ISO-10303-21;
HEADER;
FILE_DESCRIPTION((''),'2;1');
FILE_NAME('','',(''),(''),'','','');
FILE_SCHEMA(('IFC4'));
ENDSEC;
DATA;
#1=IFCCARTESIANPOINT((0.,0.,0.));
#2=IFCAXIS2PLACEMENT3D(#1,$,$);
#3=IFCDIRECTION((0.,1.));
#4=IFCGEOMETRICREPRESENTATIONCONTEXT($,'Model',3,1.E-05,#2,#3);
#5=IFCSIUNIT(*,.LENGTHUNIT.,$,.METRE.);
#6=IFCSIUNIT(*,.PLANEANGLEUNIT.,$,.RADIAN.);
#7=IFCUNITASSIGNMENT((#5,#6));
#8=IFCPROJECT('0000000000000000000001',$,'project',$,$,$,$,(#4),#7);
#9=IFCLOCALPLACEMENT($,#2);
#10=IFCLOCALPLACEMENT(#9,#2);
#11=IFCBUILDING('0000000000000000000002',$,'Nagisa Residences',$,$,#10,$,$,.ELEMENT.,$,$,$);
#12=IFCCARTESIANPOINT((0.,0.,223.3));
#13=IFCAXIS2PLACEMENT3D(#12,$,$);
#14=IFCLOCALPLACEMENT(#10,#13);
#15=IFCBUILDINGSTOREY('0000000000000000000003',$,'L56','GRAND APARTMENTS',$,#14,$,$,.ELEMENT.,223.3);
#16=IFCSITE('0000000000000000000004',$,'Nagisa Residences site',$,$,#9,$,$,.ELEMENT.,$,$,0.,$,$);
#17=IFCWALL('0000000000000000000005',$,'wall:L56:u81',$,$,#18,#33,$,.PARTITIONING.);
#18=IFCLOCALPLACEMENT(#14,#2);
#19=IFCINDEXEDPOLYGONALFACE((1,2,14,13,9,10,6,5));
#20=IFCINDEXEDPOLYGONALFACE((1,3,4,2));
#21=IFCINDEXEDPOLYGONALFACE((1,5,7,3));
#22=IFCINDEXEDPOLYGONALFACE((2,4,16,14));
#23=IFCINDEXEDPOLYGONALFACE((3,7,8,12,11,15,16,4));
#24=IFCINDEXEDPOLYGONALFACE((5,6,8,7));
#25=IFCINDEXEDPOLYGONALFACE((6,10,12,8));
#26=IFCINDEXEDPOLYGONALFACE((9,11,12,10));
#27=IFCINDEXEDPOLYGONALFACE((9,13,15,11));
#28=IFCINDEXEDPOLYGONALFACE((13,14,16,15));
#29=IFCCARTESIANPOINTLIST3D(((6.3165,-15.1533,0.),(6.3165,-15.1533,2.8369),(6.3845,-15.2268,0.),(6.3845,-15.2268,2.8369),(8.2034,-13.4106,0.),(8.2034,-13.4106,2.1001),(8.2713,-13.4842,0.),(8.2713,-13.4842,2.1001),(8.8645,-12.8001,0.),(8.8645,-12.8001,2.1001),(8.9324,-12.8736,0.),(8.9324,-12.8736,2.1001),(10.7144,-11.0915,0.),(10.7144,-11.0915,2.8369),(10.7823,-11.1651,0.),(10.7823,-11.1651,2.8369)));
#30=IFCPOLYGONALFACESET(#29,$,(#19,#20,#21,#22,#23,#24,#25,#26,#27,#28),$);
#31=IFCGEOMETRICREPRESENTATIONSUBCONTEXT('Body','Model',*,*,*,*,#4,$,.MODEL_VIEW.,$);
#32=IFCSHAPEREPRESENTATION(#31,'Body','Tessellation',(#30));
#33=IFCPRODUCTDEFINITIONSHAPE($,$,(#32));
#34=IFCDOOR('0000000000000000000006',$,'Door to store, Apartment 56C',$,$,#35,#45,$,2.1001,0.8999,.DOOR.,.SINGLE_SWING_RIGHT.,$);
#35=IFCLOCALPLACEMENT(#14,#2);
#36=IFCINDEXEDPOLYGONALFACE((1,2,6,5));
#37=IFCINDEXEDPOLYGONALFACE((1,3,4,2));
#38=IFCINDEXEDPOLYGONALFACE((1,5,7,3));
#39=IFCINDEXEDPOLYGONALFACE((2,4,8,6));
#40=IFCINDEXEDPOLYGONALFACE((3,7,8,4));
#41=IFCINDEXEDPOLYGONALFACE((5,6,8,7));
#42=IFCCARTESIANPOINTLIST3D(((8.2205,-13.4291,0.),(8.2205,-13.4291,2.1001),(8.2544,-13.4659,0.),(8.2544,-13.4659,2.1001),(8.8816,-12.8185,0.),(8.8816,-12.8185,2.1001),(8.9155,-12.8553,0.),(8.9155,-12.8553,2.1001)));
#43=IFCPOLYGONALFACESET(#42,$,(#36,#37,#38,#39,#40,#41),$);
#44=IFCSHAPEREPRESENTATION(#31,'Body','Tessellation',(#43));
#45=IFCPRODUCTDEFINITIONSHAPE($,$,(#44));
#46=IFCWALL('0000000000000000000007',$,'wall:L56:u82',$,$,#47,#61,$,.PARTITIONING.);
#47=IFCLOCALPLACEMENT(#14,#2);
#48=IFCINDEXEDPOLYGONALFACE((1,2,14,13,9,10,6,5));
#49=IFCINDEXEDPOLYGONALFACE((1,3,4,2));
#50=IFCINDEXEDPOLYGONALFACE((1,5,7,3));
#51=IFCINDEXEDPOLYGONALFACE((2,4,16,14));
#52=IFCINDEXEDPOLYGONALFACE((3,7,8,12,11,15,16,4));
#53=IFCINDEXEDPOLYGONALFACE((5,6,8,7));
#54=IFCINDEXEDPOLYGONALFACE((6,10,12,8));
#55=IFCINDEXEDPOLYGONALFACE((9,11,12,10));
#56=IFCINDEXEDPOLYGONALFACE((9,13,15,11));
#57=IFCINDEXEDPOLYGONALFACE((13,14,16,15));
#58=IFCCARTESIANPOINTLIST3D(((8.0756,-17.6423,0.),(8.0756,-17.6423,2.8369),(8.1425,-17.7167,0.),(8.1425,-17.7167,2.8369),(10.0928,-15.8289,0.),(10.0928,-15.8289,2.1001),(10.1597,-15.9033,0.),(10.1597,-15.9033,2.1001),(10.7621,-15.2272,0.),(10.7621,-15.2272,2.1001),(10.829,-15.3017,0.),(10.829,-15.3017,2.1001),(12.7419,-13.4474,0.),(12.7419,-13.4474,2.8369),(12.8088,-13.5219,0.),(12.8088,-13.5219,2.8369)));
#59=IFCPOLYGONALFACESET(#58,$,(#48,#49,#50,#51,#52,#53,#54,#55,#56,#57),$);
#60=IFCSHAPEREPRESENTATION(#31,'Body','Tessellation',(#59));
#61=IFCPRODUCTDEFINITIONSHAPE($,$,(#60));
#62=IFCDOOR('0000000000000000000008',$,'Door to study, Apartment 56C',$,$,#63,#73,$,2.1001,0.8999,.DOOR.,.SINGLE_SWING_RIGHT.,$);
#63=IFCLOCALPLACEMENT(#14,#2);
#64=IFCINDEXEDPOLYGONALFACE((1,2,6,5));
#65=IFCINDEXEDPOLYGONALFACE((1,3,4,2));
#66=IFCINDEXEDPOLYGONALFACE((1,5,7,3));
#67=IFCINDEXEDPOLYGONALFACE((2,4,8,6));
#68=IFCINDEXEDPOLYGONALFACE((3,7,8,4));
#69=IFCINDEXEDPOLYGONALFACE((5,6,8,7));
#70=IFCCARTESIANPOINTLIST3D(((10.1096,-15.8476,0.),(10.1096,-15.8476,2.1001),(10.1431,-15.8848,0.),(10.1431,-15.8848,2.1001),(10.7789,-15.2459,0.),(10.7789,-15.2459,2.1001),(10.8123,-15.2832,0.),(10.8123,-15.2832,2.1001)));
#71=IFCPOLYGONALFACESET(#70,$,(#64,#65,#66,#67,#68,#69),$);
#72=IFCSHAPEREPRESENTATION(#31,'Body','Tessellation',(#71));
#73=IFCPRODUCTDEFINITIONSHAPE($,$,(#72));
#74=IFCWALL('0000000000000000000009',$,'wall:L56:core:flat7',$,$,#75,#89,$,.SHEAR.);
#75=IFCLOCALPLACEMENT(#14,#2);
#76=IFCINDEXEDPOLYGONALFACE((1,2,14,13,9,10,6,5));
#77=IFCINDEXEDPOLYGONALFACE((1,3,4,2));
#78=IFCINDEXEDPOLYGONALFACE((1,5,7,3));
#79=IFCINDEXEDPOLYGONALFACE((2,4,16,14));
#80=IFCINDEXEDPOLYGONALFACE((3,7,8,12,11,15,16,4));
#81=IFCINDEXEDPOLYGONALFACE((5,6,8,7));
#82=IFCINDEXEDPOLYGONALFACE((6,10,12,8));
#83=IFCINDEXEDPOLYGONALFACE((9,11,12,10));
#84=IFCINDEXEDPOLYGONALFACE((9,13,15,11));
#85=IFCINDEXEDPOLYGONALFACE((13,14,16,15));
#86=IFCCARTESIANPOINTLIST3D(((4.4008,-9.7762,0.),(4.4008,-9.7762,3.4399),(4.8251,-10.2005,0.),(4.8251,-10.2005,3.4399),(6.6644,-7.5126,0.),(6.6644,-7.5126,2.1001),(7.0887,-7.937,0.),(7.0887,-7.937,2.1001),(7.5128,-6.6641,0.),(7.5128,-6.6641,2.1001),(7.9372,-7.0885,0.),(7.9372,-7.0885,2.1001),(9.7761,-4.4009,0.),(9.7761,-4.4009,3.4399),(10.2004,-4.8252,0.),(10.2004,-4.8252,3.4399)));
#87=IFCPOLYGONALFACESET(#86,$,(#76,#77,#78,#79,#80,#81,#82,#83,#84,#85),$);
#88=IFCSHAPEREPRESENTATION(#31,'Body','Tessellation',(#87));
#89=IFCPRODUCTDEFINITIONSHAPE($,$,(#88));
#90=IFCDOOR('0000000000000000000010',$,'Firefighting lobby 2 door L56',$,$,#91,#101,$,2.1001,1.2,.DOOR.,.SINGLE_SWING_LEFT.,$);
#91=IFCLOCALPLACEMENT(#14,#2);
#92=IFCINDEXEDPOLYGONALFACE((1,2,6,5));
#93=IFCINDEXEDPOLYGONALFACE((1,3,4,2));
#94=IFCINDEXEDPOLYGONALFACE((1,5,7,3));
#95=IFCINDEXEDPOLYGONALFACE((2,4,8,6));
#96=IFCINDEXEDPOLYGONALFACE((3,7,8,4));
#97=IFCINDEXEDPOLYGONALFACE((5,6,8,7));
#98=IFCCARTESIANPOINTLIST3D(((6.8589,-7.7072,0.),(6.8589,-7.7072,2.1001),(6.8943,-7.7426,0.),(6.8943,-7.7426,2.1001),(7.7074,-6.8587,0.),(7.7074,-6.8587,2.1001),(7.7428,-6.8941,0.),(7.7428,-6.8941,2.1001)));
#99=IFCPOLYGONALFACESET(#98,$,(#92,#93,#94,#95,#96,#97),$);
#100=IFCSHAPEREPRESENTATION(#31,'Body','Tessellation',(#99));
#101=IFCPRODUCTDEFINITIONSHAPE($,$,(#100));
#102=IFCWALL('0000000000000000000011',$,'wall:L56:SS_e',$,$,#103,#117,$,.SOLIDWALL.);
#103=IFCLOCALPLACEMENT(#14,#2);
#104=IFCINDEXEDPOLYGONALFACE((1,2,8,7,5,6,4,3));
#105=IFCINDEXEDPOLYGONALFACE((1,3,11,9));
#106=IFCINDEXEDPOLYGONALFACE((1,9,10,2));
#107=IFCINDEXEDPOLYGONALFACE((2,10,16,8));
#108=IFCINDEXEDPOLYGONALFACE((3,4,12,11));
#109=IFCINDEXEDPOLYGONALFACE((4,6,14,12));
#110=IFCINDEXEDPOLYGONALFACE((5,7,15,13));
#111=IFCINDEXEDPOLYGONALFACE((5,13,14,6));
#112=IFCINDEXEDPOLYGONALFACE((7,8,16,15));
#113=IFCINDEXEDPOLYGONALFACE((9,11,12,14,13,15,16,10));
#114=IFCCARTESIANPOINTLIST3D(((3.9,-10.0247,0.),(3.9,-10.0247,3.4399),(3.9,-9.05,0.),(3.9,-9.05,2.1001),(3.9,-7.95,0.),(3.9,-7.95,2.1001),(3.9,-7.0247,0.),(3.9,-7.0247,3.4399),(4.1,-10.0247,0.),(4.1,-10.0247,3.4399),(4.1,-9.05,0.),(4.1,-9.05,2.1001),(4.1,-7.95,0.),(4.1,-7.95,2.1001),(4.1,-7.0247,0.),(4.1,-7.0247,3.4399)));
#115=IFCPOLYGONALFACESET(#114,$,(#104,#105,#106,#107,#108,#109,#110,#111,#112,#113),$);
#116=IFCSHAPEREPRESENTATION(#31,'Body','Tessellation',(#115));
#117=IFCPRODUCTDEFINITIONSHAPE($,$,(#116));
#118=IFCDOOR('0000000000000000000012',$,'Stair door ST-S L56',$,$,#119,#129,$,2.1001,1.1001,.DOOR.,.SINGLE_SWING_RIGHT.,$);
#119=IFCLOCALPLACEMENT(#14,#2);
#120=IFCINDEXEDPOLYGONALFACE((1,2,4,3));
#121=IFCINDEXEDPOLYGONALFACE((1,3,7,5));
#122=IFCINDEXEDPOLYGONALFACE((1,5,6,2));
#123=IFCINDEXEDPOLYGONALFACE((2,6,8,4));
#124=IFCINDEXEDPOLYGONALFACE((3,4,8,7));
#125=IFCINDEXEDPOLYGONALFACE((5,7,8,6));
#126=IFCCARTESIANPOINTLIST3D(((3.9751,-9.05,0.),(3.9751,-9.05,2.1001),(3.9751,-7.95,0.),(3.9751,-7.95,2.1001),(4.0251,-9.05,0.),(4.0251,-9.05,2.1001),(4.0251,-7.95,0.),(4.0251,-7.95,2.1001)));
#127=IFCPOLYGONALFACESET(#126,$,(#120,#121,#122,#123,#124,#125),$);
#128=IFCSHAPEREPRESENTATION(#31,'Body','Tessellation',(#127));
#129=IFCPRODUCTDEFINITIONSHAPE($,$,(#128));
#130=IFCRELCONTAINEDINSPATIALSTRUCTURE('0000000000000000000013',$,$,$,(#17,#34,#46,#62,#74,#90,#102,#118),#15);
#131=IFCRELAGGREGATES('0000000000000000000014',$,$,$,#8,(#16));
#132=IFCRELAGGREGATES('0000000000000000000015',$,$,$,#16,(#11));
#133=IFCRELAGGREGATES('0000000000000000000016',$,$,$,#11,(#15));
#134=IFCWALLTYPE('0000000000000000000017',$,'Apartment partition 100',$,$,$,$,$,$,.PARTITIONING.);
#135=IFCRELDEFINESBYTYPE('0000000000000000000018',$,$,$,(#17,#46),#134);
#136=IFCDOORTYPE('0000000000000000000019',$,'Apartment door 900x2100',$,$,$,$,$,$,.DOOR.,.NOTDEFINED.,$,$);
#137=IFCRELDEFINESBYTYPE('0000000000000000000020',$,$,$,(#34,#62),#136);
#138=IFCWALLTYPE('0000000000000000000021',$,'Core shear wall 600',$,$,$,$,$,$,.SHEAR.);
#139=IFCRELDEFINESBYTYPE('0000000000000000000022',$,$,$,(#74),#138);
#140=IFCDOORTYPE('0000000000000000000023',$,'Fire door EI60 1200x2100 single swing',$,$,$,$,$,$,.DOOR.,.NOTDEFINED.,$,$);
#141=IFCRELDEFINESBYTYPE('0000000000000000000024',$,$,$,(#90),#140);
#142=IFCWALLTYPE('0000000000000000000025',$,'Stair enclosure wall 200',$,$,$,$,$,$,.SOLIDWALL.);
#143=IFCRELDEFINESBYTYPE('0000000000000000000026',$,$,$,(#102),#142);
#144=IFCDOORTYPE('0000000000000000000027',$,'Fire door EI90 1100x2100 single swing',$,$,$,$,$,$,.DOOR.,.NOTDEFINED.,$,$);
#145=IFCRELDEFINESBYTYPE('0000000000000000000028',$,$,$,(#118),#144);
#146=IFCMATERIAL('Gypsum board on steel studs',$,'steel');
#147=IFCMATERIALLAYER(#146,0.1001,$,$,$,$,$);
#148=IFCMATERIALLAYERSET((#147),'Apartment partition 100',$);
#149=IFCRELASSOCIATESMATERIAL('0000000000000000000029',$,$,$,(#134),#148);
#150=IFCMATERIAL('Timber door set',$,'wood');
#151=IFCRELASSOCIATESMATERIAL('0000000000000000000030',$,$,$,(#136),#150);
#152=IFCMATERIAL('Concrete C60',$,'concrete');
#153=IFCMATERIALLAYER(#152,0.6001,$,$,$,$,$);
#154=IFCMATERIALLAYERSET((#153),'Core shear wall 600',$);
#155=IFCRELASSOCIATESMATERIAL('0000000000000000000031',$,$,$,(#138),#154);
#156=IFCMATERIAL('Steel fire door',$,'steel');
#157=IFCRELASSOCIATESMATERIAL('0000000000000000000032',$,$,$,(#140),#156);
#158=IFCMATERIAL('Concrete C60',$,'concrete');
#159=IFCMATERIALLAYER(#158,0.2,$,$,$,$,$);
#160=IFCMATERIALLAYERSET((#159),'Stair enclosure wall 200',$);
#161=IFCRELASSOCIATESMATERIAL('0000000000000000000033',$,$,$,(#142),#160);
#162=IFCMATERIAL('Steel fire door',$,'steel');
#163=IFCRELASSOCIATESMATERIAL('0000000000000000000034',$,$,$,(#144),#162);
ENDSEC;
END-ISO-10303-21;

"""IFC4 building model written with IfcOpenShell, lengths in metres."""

from ifc_helpers import new_model, si_unit, direction, frame, frame_2d, origin, place, context, subcontext, project, spatial, rectangle, extrude, material, layer, layer_set, type_object, element, fill, save


model = new_model("IFC4")

# Units and contexts
model_context = context("Model", 3, precision=1e-05, world=origin(), true_north=direction((0.0, 1.0)))
body_context = subcontext(model_context, "Body", "Model", "MODEL_VIEW")
ifc_project = project(units=[si_unit("LENGTHUNIT", "METRE"), si_unit("PLANEANGLEUNIT", "RADIAN")], contexts=[model_context])

# Site, building, storey
site_placement = place(None, origin())
site = spatial("IfcSite", under=ifc_project, at=site_placement, Name="Nagisa Residences site", CompositionType="ELEMENT", RefElevation=0.0)
building_placement = place(site_placement, origin())
building = spatial("IfcBuilding", under=site, at=building_placement, Name="Nagisa Residences", CompositionType="ELEMENT")
storey_placement = place(building_placement, frame((0.0, 0.0, 223.3)))
storey = spatial("IfcBuildingStorey", under=building, at=storey_placement, Name="L56", Description="GRAND APARTMENTS", CompositionType="ELEMENT", Elevation=223.3)

# Shared definitions
ifc_material_1 = material(Name="Gypsum board on steel studs", Category="steel")
ifc_layer_1 = layer(ifc_material_1, 0.1001)
ifc_layer_set_1 = layer_set([ifc_layer_1], Name="Apartment partition 100")
wall_type_1 = type_object("IfcWallType", Name="Apartment partition 100", PredefinedType="PARTITIONING", material=ifc_layer_set_1)
ifc_material_2 = material(Name="Timber door set", Category="wood")
door_type_1 = type_object("IfcDoorType", Name="Apartment door 900x2100", OperationType="NOTDEFINED", PredefinedType="DOOR", material=ifc_material_2)

# Walls, openings, doors
wall_1_placement = place(storey_placement, frame((6.3506, -15.1899, 0.0), z_axis=(0.0, 0.0, 1.0), x_axis=(0.734627, 0.678471, 0.0)))
wall_1 = element("IfcWall", 1, at=wall_1_placement, inside=storey, type_object=wall_type_1, Name="wall:L56:u81", PredefinedType="PARTITIONING", context=body_context, shape_type="SweptSolid", body=[
    extrude(rectangle(XDim=5.9866, YDim=0.1001, at=frame_2d((2.9932, 0.0))), origin(), (0.0, 0.0, 1.0), 2.8369),
])
opening_1_placement = place(wall_1_placement, frame((2.5684, 0.0, 0.0)))
opening_1 = element("IfcOpeningElement", 2, at=opening_1_placement, cuts=wall_1, PredefinedType="OPENING", context=body_context, shape_type="SweptSolid", body=[
    extrude(rectangle(XDim=0.8999, YDim=2.1001, at=frame_2d((0.45, 1.05))), frame((0.0, 0.0601, 0.0), z_axis=(0.0, -1.0, 0.0), x_axis=(1.0, 0.0, 0.0)), (0.0, 0.0, 1.0), 0.1201),
])
door_1_placement = place(opening_1_placement, origin())
door_1 = element("IfcDoor", 3, at=door_1_placement, inside=storey, type_object=door_type_1, Name="Door to store, Apartment 56C", OperationType="SINGLE_SWING_RIGHT", OverallHeight=2.1001, OverallWidth=0.8999, PredefinedType="DOOR", context=body_context, shape_type="SweptSolid", body=[
    extrude(rectangle(XDim=0.8999, YDim=2.1001, at=frame_2d((0.45, 1.05))), frame((0.0, 0.0249, 0.0), z_axis=(0.0, -1.0, 0.0), x_axis=(1.0, 0.0, 0.0)), (0.0, 0.0, 1.0), 0.05),
])
fill(opening_1, door_1)
wall_2_placement = place(storey_placement, frame((8.1091, -17.6794, 0.0), z_axis=(0.0, 0.0, 1.0), x_axis=(0.743675, 0.668541, 0.0)))
wall_2 = element("IfcWall", 4, at=wall_2_placement, inside=storey, type_object=wall_type_1, Name="wall:L56:u82", PredefinedType="PARTITIONING", context=body_context, shape_type="SweptSolid", body=[
    extrude(rectangle(XDim=6.2747, YDim=0.1001, at=frame_2d((3.1372, 0.0))), origin(), (0.0, 0.0, 1.0), 2.8369),
])
opening_2_placement = place(wall_2_placement, frame((2.7124, 0.0, 0.0)))
opening_2 = element("IfcOpeningElement", 5, at=opening_2_placement, cuts=wall_2, PredefinedType="OPENING", context=body_context, shape_type="SweptSolid", body=[
    extrude(rectangle(XDim=0.8999, YDim=2.1001, at=frame_2d((0.45, 1.05))), frame((0.0, 0.0601, 0.0), z_axis=(0.0, -1.0, 0.0), x_axis=(1.0, 0.0, 0.0)), (0.0, 0.0, 1.0), 0.1201),
])
door_2_placement = place(opening_2_placement, origin())
door_2 = element("IfcDoor", 6, at=door_2_placement, inside=storey, type_object=door_type_1, Name="Door to study, Apartment 56C", OperationType="SINGLE_SWING_RIGHT", OverallHeight=2.1001, OverallWidth=0.8999, PredefinedType="DOOR", context=body_context, shape_type="SweptSolid", body=[
    extrude(rectangle(XDim=0.8999, YDim=2.1001, at=frame_2d((0.45, 1.05))), frame((0.0, 0.0249, 0.0), z_axis=(0.0, -1.0, 0.0), x_axis=(1.0, 0.0, 0.0)), (0.0, 0.0, 1.0), 0.05),
])
fill(opening_2, door_2)
ifc_material_3 = material(Name="Concrete C60", Category="concrete")
ifc_layer_2 = layer(ifc_material_3, 0.6001)
ifc_layer_set_2 = layer_set([ifc_layer_2], Name="Core shear wall 600")
wall_type_2 = type_object("IfcWallType", Name="Core shear wall 600", PredefinedType="SHEAR", material=ifc_layer_set_2)
wall_3_placement = place(storey_placement, frame((4.613, -9.9883, 0.0), z_axis=(0.0, 0.0, 1.0), x_axis=(0.707107, 0.707107, 0.0)))
wall_3 = element("IfcWall", 7, at=wall_3_placement, inside=storey, type_object=wall_type_2, Name="wall:L56:core:flat7", PredefinedType="SHEAR", context=body_context, shape_type="SweptSolid", body=[
    extrude(rectangle(XDim=7.6018, YDim=0.6001, at=frame_2d((3.8008, 0.0))), origin(), (0.0, 0.0, 1.0), 3.4399),
])
opening_3_placement = place(wall_3_placement, frame((3.2009, 0.0, 0.0)))
opening_3 = element("IfcOpeningElement", 8, at=opening_3_placement, cuts=wall_3, PredefinedType="OPENING", context=body_context, shape_type="SweptSolid", body=[
    extrude(rectangle(XDim=1.2, YDim=2.1001, at=frame_2d((0.6001, 1.05))), frame((0.0, 0.3101, 0.0), z_axis=(0.0, -1.0, 0.0), x_axis=(1.0, 0.0, 0.0)), (0.0, 0.0, 1.0), 0.6201),
])
ifc_material_4 = material(Name="Steel fire door", Category="steel")
door_type_2 = type_object("IfcDoorType", Name="Fire door EI60 1200x2100 single swing", OperationType="NOTDEFINED", PredefinedType="DOOR", material=ifc_material_4)
door_3_placement = place(opening_3_placement, origin())
door_3 = element("IfcDoor", 9, at=door_3_placement, inside=storey, type_object=door_type_2, Name="Firefighting lobby 2 door L56", OperationType="SINGLE_SWING_LEFT", OverallHeight=2.1001, OverallWidth=1.2, PredefinedType="DOOR", context=body_context, shape_type="SweptSolid", body=[
    extrude(rectangle(XDim=1.2, YDim=2.1001, at=frame_2d((0.6001, 1.05))), frame((0.0, 0.0249, 0.0), z_axis=(0.0, -1.0, 0.0), x_axis=(1.0, 0.0, 0.0)), (0.0, 0.0, 1.0), 0.05),
])
fill(opening_3, door_3)
ifc_material_5 = material(Name="Concrete C60", Category="concrete")
ifc_layer_3 = layer(ifc_material_5, 0.2)
ifc_layer_set_3 = layer_set([ifc_layer_3], Name="Stair enclosure wall 200")
wall_type_3 = type_object("IfcWallType", Name="Stair enclosure wall 200", PredefinedType="SOLIDWALL", material=ifc_layer_set_3)
wall_4_placement = place(storey_placement, frame((4.0, -10.0247, 0.0), z_axis=(0.0, 0.0, 1.0), x_axis=(0.0, 1.0, 0.0)))
wall_4 = element("IfcWall", 10, at=wall_4_placement, inside=storey, type_object=wall_type_3, Name="wall:L56:SS_e", PredefinedType="SOLIDWALL", context=body_context, shape_type="SweptSolid", body=[
    extrude(rectangle(XDim=3.0, YDim=0.2, at=frame_2d((1.5, 0.0))), origin(), (0.0, 0.0, 1.0), 3.4399),
])
opening_4_placement = place(wall_4_placement, frame((0.9746, 0.0, 0.0)))
opening_4 = element("IfcOpeningElement", 11, at=opening_4_placement, cuts=wall_4, PredefinedType="OPENING", context=body_context, shape_type="SweptSolid", body=[
    extrude(rectangle(XDim=1.1001, YDim=2.1001, at=frame_2d((0.55, 1.05))), frame((0.0, 0.1099, 0.0), z_axis=(0.0, -1.0, 0.0), x_axis=(1.0, 0.0, 0.0)), (0.0, 0.0, 1.0), 0.22),
])
ifc_material_6 = material(Name="Steel fire door", Category="steel")
door_type_3 = type_object("IfcDoorType", Name="Fire door EI90 1100x2100 single swing", OperationType="NOTDEFINED", PredefinedType="DOOR", material=ifc_material_6)
door_4_placement = place(opening_4_placement, origin())
door_4 = element("IfcDoor", 12, at=door_4_placement, inside=storey, type_object=door_type_3, Name="Stair door ST-S L56", OperationType="SINGLE_SWING_RIGHT", OverallHeight=2.1001, OverallWidth=1.1001, PredefinedType="DOOR", context=body_context, shape_type="SweptSolid", body=[
    extrude(rectangle(XDim=1.1001, YDim=2.1001, at=frame_2d((0.55, 1.05))), frame((0.0, 0.0249, 0.0), z_axis=(0.0, -1.0, 0.0), x_axis=(1.0, 0.0, 0.0)), (0.0, 0.0, 1.0), 0.05),
])
fill(opening_4, door_4)

save(model, "model.ifc")
